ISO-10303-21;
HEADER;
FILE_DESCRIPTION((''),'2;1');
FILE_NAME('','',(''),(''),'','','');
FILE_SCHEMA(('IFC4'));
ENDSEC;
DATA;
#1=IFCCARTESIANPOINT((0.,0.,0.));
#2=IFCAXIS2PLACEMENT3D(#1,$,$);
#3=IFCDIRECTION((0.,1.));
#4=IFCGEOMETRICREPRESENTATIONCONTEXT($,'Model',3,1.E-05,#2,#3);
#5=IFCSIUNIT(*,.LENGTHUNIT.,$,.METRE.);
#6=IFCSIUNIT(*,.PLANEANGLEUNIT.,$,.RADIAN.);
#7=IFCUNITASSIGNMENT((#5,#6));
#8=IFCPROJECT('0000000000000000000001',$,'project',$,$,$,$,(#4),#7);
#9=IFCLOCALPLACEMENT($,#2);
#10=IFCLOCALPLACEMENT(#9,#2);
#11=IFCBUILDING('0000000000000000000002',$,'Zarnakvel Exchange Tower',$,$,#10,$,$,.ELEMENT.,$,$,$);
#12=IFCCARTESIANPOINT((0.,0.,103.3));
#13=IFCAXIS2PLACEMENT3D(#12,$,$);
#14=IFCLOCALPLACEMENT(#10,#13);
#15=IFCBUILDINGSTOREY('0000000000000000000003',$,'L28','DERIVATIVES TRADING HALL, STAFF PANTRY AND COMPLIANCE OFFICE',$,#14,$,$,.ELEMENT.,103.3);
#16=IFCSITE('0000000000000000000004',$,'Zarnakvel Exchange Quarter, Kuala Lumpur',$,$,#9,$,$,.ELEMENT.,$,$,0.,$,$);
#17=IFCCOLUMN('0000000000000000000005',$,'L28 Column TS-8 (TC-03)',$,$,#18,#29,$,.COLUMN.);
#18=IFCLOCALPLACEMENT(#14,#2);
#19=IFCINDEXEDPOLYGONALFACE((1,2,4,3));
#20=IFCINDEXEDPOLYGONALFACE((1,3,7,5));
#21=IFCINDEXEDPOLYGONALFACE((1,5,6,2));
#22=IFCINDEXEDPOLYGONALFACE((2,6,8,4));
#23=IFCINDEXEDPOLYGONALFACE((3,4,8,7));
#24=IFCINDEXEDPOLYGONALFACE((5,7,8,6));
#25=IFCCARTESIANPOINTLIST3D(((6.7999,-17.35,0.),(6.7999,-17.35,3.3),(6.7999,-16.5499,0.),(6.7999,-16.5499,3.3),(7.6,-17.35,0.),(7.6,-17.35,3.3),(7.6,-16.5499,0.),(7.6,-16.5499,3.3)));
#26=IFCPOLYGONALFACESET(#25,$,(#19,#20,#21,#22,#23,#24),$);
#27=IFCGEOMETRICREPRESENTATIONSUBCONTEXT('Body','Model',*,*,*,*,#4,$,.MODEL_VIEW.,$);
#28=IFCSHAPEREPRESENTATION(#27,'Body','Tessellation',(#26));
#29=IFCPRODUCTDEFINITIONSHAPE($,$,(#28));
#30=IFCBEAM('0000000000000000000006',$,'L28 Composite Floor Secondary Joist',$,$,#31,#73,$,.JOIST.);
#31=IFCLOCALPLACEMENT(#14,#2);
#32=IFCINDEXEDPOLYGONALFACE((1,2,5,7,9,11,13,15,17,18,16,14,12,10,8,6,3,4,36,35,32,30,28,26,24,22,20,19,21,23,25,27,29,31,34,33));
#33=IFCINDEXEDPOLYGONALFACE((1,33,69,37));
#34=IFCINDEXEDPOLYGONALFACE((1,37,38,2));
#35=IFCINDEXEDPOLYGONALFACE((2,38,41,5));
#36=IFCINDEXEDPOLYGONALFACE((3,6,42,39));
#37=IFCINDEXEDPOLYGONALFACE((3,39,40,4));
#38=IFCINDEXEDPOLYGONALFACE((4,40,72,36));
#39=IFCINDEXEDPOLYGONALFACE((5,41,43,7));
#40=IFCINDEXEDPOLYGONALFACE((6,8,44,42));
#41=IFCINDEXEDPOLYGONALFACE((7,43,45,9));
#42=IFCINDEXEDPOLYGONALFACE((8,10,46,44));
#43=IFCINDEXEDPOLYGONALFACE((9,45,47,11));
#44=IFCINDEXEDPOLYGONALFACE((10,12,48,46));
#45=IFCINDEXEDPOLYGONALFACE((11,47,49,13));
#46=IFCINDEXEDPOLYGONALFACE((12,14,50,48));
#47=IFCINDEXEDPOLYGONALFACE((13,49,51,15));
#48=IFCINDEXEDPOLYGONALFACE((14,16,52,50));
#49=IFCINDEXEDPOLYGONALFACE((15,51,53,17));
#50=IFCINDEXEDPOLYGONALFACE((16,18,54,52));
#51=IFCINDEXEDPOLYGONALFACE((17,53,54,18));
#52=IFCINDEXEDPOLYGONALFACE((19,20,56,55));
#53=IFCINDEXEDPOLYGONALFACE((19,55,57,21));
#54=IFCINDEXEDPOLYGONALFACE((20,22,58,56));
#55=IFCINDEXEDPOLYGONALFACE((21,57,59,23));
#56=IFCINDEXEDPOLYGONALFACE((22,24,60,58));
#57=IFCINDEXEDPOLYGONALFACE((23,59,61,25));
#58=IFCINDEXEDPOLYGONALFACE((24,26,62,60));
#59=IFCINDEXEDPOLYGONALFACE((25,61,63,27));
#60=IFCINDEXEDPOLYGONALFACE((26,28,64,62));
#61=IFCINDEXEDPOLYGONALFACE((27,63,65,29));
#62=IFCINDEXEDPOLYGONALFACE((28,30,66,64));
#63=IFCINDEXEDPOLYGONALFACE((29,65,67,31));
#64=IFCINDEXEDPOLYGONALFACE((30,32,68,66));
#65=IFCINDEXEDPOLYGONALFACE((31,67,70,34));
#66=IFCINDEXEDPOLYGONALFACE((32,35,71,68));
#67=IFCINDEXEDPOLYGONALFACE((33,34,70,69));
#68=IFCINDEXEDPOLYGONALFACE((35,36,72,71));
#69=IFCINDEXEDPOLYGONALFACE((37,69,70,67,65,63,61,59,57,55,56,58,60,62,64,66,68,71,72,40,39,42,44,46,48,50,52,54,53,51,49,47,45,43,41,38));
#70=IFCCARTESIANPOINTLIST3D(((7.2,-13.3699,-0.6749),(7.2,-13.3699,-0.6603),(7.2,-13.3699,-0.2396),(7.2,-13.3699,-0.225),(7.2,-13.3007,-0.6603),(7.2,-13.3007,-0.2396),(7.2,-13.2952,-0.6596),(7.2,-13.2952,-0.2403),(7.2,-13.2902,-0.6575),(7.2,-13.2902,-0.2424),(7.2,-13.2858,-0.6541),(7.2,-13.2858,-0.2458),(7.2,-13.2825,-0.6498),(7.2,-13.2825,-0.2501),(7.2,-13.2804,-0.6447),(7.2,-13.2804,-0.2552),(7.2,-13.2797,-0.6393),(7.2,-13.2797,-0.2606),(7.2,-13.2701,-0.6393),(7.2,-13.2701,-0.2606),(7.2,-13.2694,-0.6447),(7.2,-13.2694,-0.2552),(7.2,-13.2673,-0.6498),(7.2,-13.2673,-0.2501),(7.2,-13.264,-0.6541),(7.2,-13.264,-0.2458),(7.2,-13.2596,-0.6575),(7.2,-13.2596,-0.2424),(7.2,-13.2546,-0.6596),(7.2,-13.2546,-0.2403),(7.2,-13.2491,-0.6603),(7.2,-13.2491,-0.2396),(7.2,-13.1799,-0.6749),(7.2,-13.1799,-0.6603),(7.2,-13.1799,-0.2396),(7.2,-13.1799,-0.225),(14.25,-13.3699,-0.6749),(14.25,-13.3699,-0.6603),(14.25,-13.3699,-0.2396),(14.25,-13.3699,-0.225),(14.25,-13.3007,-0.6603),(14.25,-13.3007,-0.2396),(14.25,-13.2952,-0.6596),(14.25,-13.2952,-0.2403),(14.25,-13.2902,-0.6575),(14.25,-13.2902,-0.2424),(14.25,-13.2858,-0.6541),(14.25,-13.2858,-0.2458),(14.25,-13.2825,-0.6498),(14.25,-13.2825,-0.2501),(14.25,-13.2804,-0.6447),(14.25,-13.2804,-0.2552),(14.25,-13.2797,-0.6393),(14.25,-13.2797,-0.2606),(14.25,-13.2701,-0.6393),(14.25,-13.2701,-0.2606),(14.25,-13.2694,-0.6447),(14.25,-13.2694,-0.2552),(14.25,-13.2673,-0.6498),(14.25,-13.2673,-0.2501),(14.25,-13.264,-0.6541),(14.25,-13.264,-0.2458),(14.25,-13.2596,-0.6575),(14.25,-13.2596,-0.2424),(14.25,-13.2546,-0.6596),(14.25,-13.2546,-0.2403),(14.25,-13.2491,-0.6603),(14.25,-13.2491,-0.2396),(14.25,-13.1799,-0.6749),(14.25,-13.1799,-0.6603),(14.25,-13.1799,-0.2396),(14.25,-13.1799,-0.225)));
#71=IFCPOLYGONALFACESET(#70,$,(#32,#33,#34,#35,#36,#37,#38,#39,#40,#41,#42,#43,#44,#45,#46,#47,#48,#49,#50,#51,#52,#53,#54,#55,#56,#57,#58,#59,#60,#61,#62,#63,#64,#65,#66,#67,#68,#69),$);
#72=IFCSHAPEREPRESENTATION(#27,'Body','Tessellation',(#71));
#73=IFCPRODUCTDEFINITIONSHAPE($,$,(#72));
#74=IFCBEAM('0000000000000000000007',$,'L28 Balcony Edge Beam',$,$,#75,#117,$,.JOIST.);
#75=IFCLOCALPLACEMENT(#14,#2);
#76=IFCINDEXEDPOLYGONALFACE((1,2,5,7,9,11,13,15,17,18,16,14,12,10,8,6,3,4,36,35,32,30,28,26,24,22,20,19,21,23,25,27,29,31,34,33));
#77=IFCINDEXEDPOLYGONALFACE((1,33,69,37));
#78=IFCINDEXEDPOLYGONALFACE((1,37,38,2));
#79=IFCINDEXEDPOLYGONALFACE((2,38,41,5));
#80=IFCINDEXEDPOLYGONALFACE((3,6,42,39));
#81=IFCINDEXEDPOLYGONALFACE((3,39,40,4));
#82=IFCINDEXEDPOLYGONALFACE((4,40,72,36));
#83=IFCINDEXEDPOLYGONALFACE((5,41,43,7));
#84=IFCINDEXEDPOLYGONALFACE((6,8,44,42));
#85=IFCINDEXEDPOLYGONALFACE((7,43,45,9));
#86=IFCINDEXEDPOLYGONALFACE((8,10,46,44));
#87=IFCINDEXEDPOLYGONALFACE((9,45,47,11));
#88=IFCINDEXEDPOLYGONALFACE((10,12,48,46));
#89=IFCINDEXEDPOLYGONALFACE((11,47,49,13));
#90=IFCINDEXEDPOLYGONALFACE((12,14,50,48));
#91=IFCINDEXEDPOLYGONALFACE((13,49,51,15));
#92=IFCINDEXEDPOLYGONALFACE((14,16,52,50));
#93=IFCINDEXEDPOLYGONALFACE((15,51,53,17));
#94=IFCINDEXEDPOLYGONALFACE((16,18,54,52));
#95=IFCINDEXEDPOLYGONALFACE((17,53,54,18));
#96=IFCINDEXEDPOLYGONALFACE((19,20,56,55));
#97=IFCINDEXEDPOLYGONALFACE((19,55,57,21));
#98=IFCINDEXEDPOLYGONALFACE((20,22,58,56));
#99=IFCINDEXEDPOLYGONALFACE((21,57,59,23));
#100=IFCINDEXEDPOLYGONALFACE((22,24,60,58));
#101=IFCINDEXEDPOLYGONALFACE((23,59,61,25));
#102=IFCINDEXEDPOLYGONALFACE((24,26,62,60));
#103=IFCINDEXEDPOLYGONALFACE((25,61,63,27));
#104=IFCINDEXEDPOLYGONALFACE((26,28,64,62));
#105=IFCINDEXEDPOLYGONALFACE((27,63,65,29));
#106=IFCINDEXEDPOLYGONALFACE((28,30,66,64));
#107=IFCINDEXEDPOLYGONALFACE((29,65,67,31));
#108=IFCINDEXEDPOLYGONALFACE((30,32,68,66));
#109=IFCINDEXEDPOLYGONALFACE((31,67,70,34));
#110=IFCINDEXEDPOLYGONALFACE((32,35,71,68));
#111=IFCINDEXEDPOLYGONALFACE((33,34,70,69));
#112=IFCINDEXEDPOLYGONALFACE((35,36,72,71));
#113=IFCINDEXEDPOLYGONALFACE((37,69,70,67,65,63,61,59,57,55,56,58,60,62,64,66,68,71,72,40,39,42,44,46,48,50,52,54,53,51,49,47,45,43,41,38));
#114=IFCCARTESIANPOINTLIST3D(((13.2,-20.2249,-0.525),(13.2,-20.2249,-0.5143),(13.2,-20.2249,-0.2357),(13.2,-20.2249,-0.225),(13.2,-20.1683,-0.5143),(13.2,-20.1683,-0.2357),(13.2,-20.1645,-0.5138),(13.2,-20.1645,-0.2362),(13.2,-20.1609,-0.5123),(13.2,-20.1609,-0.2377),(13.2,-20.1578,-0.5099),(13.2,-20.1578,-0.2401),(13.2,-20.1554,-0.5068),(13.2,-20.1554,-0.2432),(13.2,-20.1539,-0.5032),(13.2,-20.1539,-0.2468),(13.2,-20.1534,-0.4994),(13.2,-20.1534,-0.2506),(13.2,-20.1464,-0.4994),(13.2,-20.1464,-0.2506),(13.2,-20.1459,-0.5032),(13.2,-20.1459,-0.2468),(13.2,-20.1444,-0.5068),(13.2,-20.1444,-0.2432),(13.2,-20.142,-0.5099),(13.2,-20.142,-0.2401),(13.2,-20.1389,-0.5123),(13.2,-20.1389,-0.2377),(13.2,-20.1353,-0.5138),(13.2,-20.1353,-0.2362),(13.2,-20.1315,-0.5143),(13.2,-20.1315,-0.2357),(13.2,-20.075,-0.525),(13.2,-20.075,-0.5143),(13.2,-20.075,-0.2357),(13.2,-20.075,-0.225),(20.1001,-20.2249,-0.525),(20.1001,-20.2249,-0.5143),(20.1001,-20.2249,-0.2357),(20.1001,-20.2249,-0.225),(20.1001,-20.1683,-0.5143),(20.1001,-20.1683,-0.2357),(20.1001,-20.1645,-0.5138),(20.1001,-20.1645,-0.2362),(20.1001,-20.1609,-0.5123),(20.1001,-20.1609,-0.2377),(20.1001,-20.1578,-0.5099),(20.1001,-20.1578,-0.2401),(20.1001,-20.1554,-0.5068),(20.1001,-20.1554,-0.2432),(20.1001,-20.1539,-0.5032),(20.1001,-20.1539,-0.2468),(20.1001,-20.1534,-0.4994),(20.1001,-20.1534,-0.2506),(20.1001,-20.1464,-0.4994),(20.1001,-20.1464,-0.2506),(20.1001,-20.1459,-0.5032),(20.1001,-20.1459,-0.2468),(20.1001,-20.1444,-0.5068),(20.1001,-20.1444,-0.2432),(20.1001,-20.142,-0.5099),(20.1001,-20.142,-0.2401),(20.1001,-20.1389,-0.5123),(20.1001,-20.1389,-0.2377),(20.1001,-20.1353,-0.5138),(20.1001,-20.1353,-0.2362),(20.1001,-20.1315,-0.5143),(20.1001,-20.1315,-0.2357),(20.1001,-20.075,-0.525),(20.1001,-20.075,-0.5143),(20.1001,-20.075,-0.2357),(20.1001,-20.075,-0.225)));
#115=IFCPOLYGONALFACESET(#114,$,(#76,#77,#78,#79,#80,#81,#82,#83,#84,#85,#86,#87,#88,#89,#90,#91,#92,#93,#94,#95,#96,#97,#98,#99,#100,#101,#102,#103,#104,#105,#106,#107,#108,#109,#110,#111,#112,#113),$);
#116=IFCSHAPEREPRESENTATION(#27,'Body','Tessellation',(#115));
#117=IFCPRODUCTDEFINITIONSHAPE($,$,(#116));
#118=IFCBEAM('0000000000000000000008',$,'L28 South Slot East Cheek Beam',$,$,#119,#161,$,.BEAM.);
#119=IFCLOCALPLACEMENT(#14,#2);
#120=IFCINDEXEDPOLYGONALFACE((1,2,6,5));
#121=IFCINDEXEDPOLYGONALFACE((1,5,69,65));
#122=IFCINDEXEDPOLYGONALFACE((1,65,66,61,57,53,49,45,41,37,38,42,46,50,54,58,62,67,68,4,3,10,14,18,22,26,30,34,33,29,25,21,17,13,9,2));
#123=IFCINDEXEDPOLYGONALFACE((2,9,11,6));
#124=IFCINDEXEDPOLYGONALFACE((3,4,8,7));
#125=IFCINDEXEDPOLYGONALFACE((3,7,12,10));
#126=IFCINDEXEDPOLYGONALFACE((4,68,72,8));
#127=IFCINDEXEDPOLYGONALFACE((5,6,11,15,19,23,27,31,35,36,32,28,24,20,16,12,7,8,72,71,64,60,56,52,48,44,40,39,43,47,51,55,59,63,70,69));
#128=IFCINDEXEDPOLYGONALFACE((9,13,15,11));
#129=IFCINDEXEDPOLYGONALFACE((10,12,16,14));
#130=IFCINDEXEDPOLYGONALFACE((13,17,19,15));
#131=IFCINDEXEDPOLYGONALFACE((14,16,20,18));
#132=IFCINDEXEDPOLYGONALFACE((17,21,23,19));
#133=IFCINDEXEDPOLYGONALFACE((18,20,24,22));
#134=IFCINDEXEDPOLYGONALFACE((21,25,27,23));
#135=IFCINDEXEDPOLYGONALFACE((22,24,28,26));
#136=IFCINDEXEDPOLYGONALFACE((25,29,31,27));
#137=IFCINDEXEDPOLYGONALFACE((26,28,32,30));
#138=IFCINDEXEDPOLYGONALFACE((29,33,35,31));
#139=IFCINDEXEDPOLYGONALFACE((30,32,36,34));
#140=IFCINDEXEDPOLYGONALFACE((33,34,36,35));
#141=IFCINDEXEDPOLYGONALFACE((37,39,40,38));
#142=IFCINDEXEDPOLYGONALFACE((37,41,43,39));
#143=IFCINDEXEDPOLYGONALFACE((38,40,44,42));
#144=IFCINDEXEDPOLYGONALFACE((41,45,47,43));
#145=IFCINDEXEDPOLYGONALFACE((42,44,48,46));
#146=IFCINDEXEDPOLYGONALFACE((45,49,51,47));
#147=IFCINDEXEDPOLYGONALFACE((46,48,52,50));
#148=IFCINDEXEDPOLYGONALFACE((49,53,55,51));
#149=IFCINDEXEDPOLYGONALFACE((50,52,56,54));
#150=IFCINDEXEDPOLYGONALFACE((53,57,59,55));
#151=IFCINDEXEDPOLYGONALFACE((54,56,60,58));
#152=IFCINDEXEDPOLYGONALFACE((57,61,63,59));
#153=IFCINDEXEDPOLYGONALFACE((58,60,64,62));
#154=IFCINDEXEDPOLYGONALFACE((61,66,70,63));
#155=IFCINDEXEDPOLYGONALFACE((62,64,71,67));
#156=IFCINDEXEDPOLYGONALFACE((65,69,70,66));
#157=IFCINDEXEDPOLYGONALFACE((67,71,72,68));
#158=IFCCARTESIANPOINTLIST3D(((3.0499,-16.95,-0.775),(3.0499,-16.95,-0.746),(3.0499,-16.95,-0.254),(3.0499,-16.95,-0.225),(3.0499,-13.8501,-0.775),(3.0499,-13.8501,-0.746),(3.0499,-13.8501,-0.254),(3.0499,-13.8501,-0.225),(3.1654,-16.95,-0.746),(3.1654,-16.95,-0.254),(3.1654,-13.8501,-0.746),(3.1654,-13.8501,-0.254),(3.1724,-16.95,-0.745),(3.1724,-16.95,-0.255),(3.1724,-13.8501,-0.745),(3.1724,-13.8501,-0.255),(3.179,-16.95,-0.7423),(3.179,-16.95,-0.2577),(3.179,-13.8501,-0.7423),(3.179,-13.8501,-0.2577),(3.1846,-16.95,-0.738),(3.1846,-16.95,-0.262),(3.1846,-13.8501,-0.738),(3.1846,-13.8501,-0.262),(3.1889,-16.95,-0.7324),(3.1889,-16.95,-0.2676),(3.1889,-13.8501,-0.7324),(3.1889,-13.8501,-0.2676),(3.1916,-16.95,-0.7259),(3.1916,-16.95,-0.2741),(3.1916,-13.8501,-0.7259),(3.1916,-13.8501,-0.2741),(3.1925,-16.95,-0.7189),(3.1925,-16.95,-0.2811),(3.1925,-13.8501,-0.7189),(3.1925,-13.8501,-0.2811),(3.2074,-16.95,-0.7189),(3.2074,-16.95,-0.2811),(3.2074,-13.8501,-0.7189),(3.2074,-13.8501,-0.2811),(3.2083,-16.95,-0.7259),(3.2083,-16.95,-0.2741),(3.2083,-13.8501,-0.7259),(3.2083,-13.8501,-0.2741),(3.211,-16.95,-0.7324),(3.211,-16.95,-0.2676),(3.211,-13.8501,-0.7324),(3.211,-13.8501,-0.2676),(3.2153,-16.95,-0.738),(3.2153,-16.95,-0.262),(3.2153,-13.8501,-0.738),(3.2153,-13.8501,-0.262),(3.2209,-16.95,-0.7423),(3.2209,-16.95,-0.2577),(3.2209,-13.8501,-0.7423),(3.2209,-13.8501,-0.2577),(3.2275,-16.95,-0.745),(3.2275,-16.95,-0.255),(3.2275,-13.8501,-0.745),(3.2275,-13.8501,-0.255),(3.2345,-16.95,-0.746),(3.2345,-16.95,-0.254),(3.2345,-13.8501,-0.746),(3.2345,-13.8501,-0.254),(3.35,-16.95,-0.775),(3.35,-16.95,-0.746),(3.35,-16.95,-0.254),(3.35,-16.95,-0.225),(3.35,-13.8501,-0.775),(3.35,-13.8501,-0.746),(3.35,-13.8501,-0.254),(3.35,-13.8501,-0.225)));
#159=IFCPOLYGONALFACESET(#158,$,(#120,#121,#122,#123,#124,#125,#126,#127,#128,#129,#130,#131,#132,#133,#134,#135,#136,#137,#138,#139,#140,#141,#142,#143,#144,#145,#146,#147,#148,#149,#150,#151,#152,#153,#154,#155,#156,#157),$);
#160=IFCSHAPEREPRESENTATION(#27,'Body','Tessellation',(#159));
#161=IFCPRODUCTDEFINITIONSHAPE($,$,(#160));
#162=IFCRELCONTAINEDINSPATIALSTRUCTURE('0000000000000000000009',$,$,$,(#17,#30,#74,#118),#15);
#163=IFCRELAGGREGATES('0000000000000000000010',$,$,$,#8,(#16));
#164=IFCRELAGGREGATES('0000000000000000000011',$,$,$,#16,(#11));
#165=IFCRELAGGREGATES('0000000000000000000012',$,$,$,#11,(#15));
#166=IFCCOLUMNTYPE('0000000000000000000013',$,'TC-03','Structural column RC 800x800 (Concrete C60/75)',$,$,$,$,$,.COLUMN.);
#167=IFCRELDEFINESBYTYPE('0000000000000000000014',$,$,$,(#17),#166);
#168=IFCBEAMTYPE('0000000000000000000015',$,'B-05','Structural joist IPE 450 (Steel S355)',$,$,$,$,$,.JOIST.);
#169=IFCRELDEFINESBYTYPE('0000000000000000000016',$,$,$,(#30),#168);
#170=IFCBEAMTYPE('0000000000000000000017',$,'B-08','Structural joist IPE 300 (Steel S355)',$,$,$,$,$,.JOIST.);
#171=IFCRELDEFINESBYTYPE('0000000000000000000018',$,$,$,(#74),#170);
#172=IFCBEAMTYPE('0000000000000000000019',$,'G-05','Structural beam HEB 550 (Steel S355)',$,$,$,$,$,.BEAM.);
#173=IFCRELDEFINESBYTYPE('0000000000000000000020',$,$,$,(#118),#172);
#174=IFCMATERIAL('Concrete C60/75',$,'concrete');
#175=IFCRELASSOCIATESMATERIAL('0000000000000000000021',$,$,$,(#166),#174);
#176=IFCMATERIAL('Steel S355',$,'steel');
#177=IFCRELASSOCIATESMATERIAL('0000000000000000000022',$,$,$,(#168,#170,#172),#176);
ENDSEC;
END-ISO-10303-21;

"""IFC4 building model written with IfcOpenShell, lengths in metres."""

from ifc_helpers import new_model, si_unit, direction, frame, origin, origin_2d, place, context, subcontext, project, spatial, rectangle, i_section, extrude, material, material_profile, profile_set, type_object, element, save


model = new_model("IFC4")

# Units and contexts
model_context = context("Model", 3, precision=1e-05, world=origin(), true_north=direction((0.0, 1.0)))
body_context = subcontext(model_context, "Body", "Model", "MODEL_VIEW")
ifc_project = project(units=[si_unit("LENGTHUNIT", "METRE"), si_unit("PLANEANGLEUNIT", "RADIAN")], contexts=[model_context])

# Site, building, storey
site_placement = place(None, origin())
site = spatial("IfcSite", under=ifc_project, at=site_placement, Name="Zarnakvel Exchange Quarter, Kuala Lumpur", CompositionType="ELEMENT", RefElevation=0.0)
building_placement = place(site_placement, origin())
building = spatial("IfcBuilding", under=site, at=building_placement, Name="Zarnakvel Exchange Tower", CompositionType="ELEMENT")
storey_placement = place(building_placement, frame((0.0, 0.0, 103.3)))
storey = spatial("IfcBuildingStorey", under=building, at=storey_placement, Name="L28", Description="DERIVATIVES TRADING HALL, STAFF PANTRY AND COMPLIANCE OFFICE", CompositionType="ELEMENT", Elevation=103.3)

# Column
ifc_material_1 = material(Name="Concrete C60/75", Category="concrete")
ifc_material_profile_1 = material_profile(ifc_material_1, rectangle(XDim=0.8, YDim=0.8, at=origin_2d()))
ifc_profile_set_1 = profile_set([ifc_material_profile_1], Name="Concrete C60/75")
column_type = type_object("IfcColumnType", Name="TC-03", Description="Structural column RC 800x800 (Concrete C60/75)", PredefinedType="COLUMN", material=ifc_profile_set_1)
column_placement = place(storey_placement, frame((7.2, -16.95, 0.0), z_axis=(0.0, 0.0, 1.0), x_axis=(1.0, 0.0, 0.0)))
element("IfcColumn", 1, at=column_placement, inside=storey, type_object=column_type, Name="L28 Column TS-8 (TC-03)", PredefinedType="COLUMN", context=body_context, shape_type="SweptSolid", body=[
    extrude(rectangle(XDim=0.8, YDim=0.8, at=origin_2d()), origin(), (0.0, 0.0, 1.0), 3.3),
])

# Beams
ifc_material_2 = material(Name="Steel S355", Category="steel")
ifc_material_profile_2 = material_profile(ifc_material_2, i_section(OverallWidth=0.1899, OverallDepth=0.45, WebThickness=0.0095, FlangeThickness=0.0146, FilletRadius=0.021, at=origin_2d()))
ifc_profile_set_2 = profile_set([ifc_material_profile_2], Name="Steel S355")
beam_type_1 = type_object("IfcBeamType", Name="B-05", Description="Structural joist IPE 450 (Steel S355)", PredefinedType="JOIST", material=ifc_profile_set_2)
beam_1_placement = place(storey_placement, frame((7.2, -13.2749, -0.45), z_axis=(1.0, 0.0, 0.0), x_axis=(0.0, 1.0, 0.0)))
element("IfcBeam", 2, at=beam_1_placement, inside=storey, type_object=beam_type_1, Name="L28 Composite Floor Secondary Joist", PredefinedType="JOIST", context=body_context, shape_type="SweptSolid", body=[
    extrude(i_section(OverallWidth=0.1899, OverallDepth=0.45, WebThickness=0.0095, FlangeThickness=0.0146, FilletRadius=0.021, at=origin_2d()), origin(), (0.0, 0.0, 1.0), 7.05),
])
ifc_material_profile_3 = material_profile(ifc_material_2, i_section(OverallWidth=0.1499, OverallDepth=0.3, WebThickness=0.0071, FlangeThickness=0.0107, FilletRadius=0.0149, at=origin_2d()))
ifc_profile_set_3 = profile_set([ifc_material_profile_3], Name="Steel S355")
beam_type_2 = type_object("IfcBeamType", Name="B-08", Description="Structural joist IPE 300 (Steel S355)", PredefinedType="JOIST", material=ifc_profile_set_3)
beam_2_placement = place(storey_placement, frame((13.2, -20.1499, -0.375), z_axis=(1.0, 0.0, 0.0), x_axis=(0.0, 1.0, 0.0)))
element("IfcBeam", 3, at=beam_2_placement, inside=storey, type_object=beam_type_2, Name="L28 Balcony Edge Beam", PredefinedType="JOIST", context=body_context, shape_type="SweptSolid", body=[
    extrude(i_section(OverallWidth=0.1499, OverallDepth=0.3, WebThickness=0.0071, FlangeThickness=0.0107, FilletRadius=0.0149, at=origin_2d()), origin(), (0.0, 0.0, 1.0), 6.9001),
])
ifc_material_profile_4 = material_profile(ifc_material_2, i_section(OverallWidth=0.3, OverallDepth=0.55, WebThickness=0.0149, FlangeThickness=0.0291, FilletRadius=0.0271, at=origin_2d()))
ifc_profile_set_4 = profile_set([ifc_material_profile_4], Name="Steel S355")
beam_type_3 = type_object("IfcBeamType", Name="G-05", Description="Structural beam HEB 550 (Steel S355)", PredefinedType="BEAM", material=ifc_profile_set_4)
beam_3_placement = place(storey_placement, frame((3.2, -16.95, -0.5), z_axis=(0.0, 1.0, 0.0), x_axis=(-1.0, 0.0, 0.0)))
element("IfcBeam", 4, at=beam_3_placement, inside=storey, type_object=beam_type_3, Name="L28 South Slot East Cheek Beam", PredefinedType="BEAM", context=body_context, shape_type="SweptSolid", body=[
    extrude(i_section(OverallWidth=0.3, OverallDepth=0.55, WebThickness=0.0149, FlangeThickness=0.0291, FilletRadius=0.0271, at=origin_2d()), origin(), (0.0, 0.0, 1.0), 3.0999),
])

save(model, "model.ifc")
